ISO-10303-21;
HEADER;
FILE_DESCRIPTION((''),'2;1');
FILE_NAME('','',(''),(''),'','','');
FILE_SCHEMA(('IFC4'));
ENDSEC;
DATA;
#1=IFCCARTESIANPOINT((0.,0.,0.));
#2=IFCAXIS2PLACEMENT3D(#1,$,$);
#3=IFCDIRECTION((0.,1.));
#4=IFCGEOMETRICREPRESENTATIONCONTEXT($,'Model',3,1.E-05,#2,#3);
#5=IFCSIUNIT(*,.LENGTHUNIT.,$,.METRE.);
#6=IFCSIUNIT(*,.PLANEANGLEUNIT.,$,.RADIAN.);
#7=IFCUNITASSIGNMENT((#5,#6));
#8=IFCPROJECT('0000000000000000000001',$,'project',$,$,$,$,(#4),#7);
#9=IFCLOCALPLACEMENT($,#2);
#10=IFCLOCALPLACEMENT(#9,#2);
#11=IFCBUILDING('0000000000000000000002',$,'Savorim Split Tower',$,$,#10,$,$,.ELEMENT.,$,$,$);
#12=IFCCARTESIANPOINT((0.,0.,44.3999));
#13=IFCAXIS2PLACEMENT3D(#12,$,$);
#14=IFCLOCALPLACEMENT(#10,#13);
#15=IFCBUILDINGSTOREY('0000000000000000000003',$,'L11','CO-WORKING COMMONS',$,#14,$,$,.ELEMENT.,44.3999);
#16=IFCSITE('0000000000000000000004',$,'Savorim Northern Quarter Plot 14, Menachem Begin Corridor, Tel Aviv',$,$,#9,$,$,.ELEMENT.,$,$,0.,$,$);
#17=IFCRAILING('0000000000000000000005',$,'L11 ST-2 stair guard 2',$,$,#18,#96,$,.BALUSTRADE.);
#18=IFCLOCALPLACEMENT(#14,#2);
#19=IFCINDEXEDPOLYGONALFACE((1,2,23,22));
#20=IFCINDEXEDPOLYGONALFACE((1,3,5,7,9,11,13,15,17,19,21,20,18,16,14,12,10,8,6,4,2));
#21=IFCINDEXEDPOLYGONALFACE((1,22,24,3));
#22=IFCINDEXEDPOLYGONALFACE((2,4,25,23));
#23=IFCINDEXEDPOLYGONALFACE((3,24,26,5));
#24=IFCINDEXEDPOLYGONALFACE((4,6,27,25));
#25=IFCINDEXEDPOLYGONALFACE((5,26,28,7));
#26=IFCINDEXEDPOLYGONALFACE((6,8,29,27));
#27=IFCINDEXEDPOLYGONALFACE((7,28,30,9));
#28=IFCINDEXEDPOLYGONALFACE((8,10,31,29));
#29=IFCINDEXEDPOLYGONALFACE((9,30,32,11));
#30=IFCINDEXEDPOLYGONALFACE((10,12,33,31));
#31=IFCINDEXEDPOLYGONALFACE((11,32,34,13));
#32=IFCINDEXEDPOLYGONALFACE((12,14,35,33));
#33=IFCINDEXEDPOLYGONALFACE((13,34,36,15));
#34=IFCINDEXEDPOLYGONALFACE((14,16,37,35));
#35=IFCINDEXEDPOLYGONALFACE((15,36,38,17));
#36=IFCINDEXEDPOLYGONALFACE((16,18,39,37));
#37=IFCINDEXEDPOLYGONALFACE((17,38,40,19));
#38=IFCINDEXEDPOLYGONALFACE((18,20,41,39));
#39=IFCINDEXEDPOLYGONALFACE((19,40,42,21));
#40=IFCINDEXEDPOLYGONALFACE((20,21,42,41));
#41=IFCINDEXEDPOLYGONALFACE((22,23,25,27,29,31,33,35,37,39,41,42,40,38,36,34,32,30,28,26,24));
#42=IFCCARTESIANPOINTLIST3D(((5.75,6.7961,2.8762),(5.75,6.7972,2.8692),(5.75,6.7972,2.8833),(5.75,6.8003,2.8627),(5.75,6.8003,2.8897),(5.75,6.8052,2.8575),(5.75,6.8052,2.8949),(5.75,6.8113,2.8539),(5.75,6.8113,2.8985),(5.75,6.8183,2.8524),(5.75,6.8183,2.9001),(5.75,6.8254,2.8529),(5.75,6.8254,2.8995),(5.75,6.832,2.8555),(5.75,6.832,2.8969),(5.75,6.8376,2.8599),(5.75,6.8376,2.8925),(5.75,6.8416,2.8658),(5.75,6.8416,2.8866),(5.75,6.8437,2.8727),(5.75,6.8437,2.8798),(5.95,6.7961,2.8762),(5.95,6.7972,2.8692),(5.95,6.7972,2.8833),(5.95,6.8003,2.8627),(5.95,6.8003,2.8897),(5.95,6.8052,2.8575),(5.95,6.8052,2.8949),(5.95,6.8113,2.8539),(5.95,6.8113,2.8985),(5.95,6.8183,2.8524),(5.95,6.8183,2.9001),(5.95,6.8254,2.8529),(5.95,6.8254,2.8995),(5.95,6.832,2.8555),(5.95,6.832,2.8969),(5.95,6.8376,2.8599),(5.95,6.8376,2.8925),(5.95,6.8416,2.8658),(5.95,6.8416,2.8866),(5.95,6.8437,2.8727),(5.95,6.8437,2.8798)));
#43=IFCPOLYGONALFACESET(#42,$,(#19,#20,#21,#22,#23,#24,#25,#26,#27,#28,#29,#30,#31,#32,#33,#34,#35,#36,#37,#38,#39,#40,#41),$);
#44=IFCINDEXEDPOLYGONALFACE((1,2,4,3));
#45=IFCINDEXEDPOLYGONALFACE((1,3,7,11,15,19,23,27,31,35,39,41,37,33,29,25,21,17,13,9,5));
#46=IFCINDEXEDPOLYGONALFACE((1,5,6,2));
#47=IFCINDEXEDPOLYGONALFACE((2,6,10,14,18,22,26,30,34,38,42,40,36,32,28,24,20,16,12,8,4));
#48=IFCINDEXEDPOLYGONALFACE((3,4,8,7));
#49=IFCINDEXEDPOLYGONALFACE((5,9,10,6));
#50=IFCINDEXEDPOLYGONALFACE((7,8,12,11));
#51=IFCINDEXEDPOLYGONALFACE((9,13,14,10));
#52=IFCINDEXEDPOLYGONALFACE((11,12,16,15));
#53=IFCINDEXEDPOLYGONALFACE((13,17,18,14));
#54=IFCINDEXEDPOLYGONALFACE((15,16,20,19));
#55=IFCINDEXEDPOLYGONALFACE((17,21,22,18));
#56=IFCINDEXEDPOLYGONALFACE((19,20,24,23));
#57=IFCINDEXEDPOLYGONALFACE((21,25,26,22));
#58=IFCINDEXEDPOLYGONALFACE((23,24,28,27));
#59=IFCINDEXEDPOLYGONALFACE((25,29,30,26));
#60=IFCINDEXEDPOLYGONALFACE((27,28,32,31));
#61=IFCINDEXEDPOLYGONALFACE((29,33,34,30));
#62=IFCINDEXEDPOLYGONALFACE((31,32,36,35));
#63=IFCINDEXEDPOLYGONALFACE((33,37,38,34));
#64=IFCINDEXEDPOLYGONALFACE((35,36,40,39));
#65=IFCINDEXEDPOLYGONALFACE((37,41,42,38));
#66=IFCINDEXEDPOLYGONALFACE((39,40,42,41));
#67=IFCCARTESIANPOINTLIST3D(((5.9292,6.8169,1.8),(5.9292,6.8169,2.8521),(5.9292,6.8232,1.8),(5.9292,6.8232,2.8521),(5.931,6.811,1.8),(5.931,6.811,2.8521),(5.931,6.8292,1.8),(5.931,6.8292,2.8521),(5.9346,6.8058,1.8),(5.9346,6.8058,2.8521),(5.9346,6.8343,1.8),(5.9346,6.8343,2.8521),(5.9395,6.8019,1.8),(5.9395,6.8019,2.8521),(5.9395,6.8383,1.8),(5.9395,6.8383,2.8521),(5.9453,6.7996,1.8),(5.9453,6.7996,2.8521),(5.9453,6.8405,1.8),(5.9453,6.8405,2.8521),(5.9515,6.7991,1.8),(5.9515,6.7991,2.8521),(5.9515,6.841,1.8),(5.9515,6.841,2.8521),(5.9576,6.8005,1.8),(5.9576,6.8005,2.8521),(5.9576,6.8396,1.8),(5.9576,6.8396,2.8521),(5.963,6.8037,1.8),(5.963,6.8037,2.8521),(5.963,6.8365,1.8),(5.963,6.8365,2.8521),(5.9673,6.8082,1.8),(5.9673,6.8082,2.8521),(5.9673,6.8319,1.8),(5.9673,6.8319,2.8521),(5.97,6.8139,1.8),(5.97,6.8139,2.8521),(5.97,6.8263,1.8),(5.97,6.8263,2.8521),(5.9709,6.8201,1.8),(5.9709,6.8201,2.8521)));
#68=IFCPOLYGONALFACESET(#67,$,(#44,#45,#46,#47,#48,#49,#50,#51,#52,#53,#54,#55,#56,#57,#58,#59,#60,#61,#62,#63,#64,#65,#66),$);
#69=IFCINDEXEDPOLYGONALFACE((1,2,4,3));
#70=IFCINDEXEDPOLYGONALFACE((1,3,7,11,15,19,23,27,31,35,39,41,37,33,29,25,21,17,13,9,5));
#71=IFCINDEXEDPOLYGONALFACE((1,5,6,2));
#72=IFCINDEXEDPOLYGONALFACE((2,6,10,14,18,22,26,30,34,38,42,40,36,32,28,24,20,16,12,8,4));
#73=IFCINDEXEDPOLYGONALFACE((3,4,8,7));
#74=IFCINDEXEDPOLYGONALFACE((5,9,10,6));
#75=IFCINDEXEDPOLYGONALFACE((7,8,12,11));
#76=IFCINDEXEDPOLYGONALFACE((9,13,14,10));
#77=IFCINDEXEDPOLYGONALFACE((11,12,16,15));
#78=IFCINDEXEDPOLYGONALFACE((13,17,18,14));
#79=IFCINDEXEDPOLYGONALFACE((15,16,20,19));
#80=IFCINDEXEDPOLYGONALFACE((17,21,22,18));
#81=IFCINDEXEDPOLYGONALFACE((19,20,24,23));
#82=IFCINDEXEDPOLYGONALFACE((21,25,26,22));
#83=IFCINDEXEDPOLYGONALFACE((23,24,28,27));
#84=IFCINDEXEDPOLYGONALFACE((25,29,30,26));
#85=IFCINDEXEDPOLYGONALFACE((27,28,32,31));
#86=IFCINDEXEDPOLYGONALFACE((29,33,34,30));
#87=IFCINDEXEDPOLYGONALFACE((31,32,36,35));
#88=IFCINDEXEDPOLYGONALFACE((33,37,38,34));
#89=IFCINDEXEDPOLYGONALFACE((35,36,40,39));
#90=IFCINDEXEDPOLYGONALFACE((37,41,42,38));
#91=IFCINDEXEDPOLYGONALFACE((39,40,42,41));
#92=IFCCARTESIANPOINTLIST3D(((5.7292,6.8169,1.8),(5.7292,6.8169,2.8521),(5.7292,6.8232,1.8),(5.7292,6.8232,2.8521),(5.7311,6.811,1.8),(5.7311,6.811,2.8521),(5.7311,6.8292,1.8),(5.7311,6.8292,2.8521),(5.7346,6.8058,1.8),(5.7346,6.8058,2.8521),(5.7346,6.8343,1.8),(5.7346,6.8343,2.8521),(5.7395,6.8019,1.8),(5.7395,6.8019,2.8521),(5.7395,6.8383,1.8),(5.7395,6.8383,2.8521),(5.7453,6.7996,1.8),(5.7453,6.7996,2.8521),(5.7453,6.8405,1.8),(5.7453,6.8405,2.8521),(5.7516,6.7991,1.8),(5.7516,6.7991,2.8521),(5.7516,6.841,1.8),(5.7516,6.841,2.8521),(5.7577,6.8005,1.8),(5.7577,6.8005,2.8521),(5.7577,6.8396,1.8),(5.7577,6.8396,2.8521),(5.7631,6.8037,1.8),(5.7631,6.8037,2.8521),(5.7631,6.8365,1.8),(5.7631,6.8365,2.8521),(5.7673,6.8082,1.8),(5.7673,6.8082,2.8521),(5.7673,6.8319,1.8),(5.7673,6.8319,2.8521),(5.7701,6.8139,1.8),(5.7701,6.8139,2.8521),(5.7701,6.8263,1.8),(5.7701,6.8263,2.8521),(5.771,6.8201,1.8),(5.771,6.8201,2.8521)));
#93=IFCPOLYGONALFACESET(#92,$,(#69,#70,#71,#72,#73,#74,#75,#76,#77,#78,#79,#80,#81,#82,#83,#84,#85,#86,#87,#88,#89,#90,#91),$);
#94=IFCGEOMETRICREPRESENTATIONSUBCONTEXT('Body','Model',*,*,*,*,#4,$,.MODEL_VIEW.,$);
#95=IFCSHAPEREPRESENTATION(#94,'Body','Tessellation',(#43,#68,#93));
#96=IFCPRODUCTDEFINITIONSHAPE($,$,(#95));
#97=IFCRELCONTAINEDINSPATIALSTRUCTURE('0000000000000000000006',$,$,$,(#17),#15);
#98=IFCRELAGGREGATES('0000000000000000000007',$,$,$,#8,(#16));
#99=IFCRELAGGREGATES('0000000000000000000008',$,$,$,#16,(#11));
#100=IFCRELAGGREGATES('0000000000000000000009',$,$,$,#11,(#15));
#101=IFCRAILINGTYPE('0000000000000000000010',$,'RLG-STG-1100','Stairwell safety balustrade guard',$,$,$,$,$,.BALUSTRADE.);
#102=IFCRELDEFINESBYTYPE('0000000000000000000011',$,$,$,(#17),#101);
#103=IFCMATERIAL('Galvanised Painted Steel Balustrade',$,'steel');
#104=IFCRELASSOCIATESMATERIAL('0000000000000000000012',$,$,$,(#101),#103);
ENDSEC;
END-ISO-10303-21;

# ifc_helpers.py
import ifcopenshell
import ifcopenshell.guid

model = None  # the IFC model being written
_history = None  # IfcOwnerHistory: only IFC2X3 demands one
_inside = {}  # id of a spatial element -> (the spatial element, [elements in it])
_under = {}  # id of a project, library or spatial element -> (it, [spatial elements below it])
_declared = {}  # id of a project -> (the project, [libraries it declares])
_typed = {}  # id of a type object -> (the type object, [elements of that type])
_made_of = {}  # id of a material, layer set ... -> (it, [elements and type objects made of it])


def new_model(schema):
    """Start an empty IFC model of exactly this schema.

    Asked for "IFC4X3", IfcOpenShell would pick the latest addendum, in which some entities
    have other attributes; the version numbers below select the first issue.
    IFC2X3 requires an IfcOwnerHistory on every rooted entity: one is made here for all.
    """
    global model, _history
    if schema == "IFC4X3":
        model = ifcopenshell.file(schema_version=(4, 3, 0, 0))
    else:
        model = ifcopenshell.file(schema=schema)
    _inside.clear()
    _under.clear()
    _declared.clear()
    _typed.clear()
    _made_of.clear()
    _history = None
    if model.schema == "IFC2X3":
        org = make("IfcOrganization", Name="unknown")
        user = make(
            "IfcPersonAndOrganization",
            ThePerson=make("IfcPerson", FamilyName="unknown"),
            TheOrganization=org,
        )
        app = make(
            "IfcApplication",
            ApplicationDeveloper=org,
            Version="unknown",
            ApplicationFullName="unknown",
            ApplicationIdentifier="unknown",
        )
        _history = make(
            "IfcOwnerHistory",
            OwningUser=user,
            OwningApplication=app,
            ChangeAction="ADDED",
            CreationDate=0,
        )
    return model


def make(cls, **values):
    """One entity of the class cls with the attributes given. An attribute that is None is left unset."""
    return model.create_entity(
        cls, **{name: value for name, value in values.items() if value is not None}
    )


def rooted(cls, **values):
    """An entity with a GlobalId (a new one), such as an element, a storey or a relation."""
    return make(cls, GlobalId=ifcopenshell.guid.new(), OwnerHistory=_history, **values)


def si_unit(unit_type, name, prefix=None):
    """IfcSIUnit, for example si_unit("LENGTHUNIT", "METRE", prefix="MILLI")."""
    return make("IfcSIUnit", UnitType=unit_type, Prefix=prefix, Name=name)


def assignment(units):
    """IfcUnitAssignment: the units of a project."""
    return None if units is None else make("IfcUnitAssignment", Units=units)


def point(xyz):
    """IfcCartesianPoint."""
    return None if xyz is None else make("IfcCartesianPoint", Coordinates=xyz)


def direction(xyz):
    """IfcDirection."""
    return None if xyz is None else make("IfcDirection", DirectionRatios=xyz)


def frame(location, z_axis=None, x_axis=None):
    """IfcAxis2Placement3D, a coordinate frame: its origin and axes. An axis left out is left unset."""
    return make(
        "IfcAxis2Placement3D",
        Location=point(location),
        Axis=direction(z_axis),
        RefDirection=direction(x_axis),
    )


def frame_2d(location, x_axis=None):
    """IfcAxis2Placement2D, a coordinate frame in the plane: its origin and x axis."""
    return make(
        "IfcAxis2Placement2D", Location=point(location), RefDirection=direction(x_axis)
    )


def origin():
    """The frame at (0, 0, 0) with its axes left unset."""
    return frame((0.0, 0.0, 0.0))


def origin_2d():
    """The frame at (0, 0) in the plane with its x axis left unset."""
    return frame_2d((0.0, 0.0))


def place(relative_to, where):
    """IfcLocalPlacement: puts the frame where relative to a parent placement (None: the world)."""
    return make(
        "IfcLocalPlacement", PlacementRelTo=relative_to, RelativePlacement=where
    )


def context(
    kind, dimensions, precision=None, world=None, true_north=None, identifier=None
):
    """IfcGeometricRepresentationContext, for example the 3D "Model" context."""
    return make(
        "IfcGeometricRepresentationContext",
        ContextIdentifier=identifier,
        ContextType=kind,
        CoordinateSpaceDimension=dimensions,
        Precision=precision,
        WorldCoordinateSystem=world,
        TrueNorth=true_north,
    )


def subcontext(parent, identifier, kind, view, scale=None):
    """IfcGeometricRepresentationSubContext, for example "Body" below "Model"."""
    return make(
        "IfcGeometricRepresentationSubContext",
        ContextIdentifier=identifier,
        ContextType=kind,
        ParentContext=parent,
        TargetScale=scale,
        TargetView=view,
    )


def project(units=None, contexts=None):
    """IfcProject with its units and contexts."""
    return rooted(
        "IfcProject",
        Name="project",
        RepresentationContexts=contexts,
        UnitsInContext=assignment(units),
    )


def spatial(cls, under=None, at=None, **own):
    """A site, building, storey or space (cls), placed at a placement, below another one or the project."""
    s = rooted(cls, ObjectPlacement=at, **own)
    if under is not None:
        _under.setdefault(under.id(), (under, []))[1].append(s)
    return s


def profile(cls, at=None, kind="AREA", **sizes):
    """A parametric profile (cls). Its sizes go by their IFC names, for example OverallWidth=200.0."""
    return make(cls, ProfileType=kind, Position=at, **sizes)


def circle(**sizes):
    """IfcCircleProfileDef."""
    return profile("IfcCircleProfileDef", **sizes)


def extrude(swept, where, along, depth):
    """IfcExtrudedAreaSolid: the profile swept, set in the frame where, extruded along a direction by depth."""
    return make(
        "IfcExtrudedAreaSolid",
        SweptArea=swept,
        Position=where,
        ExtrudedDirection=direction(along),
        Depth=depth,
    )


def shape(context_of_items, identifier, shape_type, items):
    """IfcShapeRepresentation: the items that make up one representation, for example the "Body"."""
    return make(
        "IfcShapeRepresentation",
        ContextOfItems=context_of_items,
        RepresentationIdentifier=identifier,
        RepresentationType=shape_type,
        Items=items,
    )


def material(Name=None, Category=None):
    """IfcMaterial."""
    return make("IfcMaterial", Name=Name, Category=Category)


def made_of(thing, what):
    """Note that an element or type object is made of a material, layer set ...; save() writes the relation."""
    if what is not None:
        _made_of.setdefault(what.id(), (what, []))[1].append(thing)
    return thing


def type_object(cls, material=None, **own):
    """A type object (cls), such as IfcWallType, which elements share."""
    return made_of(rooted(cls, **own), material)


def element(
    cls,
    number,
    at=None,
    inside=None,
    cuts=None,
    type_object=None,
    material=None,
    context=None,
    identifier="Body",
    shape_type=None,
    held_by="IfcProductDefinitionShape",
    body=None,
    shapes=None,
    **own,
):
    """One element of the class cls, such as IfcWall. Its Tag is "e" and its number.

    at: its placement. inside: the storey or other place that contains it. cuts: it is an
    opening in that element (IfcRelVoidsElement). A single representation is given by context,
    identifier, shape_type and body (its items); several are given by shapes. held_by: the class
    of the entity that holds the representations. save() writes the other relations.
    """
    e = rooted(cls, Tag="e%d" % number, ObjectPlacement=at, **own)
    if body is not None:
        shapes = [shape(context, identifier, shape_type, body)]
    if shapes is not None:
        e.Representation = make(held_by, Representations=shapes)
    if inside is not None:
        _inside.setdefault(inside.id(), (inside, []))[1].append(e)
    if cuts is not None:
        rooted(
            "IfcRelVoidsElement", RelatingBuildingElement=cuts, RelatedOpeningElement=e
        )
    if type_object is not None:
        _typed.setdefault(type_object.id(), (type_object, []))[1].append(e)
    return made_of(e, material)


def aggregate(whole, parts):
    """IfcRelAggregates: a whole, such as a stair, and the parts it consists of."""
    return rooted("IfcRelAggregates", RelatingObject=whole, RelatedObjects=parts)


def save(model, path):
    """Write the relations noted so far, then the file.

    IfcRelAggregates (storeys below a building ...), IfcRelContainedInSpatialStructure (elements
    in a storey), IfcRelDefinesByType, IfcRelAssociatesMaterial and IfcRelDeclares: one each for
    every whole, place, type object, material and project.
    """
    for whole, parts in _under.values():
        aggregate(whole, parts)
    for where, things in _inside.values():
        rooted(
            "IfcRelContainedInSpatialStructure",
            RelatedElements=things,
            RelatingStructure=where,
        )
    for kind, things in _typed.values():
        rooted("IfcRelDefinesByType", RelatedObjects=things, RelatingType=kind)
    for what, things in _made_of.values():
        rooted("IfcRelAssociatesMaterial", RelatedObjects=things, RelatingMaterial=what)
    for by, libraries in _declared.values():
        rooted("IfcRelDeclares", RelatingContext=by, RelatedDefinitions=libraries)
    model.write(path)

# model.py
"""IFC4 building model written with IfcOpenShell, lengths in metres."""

from ifc_helpers import new_model, si_unit, direction, frame, origin, origin_2d, place, context, subcontext, project, spatial, circle, extrude, material, type_object, element, save


model = new_model("IFC4")

# Units and contexts
model_context = context("Model", 3, precision=1e-05, world=origin(), true_north=direction((0.0, 1.0)))
body_context = subcontext(model_context, "Body", "Model", "MODEL_VIEW")
ifc_project = project(units=[si_unit("LENGTHUNIT", "METRE"), si_unit("PLANEANGLEUNIT", "RADIAN")], contexts=[model_context])

# Site, building, storey
site_placement = place(None, origin())
site = spatial("IfcSite", under=ifc_project, at=site_placement, Name="Savorim Northern Quarter Plot 14, Menachem Begin Corridor, Tel Aviv", CompositionType="ELEMENT", RefElevation=0.0)
building_placement = place(site_placement, origin())
building = spatial("IfcBuilding", under=site, at=building_placement, Name="Savorim Split Tower", CompositionType="ELEMENT")
storey_placement = place(building_placement, frame((0.0, 0.0, 44.3999)))
storey = spatial("IfcBuildingStorey", under=building, at=storey_placement, Name="L11", Description="CO-WORKING COMMONS", CompositionType="ELEMENT", Elevation=44.3999)

# Railing
ifc_material_1 = material(Name="Galvanised Painted Steel Balustrade", Category="steel")
railing_type_1 = type_object("IfcRailingType", Name="RLG-STG-1100", Description="Stairwell safety balustrade guard", PredefinedType="BALUSTRADE", material=ifc_material_1)
railing_1_placement = place(storey_placement, frame((5.95, 6.8201, 1.8)))
element("IfcRailing", 1, at=railing_1_placement, inside=storey, type_object=railing_type_1, Name="L11 ST-2 stair guard 2", PredefinedType="BALUSTRADE", context=body_context, shape_type="SweptSolid", body=[
    extrude(circle(Radius=0.0239, at=origin_2d()), frame((0.0, 0.0, 1.0762), z_axis=(-1.0, 0.0, 0.0), x_axis=(0.0, -1.0, 0.0)), (0.0, 0.0, 1.0), 0.2),
    extrude(circle(Radius=0.021, at=origin_2d()), origin(), (0.0, 0.0, 1.0), 1.052),
    extrude(circle(Radius=0.021, at=origin_2d()), frame((-0.2, 0.0, 0.0)), (0.0, 0.0, 1.0), 1.052),
])

save(model, "model.ifc")
